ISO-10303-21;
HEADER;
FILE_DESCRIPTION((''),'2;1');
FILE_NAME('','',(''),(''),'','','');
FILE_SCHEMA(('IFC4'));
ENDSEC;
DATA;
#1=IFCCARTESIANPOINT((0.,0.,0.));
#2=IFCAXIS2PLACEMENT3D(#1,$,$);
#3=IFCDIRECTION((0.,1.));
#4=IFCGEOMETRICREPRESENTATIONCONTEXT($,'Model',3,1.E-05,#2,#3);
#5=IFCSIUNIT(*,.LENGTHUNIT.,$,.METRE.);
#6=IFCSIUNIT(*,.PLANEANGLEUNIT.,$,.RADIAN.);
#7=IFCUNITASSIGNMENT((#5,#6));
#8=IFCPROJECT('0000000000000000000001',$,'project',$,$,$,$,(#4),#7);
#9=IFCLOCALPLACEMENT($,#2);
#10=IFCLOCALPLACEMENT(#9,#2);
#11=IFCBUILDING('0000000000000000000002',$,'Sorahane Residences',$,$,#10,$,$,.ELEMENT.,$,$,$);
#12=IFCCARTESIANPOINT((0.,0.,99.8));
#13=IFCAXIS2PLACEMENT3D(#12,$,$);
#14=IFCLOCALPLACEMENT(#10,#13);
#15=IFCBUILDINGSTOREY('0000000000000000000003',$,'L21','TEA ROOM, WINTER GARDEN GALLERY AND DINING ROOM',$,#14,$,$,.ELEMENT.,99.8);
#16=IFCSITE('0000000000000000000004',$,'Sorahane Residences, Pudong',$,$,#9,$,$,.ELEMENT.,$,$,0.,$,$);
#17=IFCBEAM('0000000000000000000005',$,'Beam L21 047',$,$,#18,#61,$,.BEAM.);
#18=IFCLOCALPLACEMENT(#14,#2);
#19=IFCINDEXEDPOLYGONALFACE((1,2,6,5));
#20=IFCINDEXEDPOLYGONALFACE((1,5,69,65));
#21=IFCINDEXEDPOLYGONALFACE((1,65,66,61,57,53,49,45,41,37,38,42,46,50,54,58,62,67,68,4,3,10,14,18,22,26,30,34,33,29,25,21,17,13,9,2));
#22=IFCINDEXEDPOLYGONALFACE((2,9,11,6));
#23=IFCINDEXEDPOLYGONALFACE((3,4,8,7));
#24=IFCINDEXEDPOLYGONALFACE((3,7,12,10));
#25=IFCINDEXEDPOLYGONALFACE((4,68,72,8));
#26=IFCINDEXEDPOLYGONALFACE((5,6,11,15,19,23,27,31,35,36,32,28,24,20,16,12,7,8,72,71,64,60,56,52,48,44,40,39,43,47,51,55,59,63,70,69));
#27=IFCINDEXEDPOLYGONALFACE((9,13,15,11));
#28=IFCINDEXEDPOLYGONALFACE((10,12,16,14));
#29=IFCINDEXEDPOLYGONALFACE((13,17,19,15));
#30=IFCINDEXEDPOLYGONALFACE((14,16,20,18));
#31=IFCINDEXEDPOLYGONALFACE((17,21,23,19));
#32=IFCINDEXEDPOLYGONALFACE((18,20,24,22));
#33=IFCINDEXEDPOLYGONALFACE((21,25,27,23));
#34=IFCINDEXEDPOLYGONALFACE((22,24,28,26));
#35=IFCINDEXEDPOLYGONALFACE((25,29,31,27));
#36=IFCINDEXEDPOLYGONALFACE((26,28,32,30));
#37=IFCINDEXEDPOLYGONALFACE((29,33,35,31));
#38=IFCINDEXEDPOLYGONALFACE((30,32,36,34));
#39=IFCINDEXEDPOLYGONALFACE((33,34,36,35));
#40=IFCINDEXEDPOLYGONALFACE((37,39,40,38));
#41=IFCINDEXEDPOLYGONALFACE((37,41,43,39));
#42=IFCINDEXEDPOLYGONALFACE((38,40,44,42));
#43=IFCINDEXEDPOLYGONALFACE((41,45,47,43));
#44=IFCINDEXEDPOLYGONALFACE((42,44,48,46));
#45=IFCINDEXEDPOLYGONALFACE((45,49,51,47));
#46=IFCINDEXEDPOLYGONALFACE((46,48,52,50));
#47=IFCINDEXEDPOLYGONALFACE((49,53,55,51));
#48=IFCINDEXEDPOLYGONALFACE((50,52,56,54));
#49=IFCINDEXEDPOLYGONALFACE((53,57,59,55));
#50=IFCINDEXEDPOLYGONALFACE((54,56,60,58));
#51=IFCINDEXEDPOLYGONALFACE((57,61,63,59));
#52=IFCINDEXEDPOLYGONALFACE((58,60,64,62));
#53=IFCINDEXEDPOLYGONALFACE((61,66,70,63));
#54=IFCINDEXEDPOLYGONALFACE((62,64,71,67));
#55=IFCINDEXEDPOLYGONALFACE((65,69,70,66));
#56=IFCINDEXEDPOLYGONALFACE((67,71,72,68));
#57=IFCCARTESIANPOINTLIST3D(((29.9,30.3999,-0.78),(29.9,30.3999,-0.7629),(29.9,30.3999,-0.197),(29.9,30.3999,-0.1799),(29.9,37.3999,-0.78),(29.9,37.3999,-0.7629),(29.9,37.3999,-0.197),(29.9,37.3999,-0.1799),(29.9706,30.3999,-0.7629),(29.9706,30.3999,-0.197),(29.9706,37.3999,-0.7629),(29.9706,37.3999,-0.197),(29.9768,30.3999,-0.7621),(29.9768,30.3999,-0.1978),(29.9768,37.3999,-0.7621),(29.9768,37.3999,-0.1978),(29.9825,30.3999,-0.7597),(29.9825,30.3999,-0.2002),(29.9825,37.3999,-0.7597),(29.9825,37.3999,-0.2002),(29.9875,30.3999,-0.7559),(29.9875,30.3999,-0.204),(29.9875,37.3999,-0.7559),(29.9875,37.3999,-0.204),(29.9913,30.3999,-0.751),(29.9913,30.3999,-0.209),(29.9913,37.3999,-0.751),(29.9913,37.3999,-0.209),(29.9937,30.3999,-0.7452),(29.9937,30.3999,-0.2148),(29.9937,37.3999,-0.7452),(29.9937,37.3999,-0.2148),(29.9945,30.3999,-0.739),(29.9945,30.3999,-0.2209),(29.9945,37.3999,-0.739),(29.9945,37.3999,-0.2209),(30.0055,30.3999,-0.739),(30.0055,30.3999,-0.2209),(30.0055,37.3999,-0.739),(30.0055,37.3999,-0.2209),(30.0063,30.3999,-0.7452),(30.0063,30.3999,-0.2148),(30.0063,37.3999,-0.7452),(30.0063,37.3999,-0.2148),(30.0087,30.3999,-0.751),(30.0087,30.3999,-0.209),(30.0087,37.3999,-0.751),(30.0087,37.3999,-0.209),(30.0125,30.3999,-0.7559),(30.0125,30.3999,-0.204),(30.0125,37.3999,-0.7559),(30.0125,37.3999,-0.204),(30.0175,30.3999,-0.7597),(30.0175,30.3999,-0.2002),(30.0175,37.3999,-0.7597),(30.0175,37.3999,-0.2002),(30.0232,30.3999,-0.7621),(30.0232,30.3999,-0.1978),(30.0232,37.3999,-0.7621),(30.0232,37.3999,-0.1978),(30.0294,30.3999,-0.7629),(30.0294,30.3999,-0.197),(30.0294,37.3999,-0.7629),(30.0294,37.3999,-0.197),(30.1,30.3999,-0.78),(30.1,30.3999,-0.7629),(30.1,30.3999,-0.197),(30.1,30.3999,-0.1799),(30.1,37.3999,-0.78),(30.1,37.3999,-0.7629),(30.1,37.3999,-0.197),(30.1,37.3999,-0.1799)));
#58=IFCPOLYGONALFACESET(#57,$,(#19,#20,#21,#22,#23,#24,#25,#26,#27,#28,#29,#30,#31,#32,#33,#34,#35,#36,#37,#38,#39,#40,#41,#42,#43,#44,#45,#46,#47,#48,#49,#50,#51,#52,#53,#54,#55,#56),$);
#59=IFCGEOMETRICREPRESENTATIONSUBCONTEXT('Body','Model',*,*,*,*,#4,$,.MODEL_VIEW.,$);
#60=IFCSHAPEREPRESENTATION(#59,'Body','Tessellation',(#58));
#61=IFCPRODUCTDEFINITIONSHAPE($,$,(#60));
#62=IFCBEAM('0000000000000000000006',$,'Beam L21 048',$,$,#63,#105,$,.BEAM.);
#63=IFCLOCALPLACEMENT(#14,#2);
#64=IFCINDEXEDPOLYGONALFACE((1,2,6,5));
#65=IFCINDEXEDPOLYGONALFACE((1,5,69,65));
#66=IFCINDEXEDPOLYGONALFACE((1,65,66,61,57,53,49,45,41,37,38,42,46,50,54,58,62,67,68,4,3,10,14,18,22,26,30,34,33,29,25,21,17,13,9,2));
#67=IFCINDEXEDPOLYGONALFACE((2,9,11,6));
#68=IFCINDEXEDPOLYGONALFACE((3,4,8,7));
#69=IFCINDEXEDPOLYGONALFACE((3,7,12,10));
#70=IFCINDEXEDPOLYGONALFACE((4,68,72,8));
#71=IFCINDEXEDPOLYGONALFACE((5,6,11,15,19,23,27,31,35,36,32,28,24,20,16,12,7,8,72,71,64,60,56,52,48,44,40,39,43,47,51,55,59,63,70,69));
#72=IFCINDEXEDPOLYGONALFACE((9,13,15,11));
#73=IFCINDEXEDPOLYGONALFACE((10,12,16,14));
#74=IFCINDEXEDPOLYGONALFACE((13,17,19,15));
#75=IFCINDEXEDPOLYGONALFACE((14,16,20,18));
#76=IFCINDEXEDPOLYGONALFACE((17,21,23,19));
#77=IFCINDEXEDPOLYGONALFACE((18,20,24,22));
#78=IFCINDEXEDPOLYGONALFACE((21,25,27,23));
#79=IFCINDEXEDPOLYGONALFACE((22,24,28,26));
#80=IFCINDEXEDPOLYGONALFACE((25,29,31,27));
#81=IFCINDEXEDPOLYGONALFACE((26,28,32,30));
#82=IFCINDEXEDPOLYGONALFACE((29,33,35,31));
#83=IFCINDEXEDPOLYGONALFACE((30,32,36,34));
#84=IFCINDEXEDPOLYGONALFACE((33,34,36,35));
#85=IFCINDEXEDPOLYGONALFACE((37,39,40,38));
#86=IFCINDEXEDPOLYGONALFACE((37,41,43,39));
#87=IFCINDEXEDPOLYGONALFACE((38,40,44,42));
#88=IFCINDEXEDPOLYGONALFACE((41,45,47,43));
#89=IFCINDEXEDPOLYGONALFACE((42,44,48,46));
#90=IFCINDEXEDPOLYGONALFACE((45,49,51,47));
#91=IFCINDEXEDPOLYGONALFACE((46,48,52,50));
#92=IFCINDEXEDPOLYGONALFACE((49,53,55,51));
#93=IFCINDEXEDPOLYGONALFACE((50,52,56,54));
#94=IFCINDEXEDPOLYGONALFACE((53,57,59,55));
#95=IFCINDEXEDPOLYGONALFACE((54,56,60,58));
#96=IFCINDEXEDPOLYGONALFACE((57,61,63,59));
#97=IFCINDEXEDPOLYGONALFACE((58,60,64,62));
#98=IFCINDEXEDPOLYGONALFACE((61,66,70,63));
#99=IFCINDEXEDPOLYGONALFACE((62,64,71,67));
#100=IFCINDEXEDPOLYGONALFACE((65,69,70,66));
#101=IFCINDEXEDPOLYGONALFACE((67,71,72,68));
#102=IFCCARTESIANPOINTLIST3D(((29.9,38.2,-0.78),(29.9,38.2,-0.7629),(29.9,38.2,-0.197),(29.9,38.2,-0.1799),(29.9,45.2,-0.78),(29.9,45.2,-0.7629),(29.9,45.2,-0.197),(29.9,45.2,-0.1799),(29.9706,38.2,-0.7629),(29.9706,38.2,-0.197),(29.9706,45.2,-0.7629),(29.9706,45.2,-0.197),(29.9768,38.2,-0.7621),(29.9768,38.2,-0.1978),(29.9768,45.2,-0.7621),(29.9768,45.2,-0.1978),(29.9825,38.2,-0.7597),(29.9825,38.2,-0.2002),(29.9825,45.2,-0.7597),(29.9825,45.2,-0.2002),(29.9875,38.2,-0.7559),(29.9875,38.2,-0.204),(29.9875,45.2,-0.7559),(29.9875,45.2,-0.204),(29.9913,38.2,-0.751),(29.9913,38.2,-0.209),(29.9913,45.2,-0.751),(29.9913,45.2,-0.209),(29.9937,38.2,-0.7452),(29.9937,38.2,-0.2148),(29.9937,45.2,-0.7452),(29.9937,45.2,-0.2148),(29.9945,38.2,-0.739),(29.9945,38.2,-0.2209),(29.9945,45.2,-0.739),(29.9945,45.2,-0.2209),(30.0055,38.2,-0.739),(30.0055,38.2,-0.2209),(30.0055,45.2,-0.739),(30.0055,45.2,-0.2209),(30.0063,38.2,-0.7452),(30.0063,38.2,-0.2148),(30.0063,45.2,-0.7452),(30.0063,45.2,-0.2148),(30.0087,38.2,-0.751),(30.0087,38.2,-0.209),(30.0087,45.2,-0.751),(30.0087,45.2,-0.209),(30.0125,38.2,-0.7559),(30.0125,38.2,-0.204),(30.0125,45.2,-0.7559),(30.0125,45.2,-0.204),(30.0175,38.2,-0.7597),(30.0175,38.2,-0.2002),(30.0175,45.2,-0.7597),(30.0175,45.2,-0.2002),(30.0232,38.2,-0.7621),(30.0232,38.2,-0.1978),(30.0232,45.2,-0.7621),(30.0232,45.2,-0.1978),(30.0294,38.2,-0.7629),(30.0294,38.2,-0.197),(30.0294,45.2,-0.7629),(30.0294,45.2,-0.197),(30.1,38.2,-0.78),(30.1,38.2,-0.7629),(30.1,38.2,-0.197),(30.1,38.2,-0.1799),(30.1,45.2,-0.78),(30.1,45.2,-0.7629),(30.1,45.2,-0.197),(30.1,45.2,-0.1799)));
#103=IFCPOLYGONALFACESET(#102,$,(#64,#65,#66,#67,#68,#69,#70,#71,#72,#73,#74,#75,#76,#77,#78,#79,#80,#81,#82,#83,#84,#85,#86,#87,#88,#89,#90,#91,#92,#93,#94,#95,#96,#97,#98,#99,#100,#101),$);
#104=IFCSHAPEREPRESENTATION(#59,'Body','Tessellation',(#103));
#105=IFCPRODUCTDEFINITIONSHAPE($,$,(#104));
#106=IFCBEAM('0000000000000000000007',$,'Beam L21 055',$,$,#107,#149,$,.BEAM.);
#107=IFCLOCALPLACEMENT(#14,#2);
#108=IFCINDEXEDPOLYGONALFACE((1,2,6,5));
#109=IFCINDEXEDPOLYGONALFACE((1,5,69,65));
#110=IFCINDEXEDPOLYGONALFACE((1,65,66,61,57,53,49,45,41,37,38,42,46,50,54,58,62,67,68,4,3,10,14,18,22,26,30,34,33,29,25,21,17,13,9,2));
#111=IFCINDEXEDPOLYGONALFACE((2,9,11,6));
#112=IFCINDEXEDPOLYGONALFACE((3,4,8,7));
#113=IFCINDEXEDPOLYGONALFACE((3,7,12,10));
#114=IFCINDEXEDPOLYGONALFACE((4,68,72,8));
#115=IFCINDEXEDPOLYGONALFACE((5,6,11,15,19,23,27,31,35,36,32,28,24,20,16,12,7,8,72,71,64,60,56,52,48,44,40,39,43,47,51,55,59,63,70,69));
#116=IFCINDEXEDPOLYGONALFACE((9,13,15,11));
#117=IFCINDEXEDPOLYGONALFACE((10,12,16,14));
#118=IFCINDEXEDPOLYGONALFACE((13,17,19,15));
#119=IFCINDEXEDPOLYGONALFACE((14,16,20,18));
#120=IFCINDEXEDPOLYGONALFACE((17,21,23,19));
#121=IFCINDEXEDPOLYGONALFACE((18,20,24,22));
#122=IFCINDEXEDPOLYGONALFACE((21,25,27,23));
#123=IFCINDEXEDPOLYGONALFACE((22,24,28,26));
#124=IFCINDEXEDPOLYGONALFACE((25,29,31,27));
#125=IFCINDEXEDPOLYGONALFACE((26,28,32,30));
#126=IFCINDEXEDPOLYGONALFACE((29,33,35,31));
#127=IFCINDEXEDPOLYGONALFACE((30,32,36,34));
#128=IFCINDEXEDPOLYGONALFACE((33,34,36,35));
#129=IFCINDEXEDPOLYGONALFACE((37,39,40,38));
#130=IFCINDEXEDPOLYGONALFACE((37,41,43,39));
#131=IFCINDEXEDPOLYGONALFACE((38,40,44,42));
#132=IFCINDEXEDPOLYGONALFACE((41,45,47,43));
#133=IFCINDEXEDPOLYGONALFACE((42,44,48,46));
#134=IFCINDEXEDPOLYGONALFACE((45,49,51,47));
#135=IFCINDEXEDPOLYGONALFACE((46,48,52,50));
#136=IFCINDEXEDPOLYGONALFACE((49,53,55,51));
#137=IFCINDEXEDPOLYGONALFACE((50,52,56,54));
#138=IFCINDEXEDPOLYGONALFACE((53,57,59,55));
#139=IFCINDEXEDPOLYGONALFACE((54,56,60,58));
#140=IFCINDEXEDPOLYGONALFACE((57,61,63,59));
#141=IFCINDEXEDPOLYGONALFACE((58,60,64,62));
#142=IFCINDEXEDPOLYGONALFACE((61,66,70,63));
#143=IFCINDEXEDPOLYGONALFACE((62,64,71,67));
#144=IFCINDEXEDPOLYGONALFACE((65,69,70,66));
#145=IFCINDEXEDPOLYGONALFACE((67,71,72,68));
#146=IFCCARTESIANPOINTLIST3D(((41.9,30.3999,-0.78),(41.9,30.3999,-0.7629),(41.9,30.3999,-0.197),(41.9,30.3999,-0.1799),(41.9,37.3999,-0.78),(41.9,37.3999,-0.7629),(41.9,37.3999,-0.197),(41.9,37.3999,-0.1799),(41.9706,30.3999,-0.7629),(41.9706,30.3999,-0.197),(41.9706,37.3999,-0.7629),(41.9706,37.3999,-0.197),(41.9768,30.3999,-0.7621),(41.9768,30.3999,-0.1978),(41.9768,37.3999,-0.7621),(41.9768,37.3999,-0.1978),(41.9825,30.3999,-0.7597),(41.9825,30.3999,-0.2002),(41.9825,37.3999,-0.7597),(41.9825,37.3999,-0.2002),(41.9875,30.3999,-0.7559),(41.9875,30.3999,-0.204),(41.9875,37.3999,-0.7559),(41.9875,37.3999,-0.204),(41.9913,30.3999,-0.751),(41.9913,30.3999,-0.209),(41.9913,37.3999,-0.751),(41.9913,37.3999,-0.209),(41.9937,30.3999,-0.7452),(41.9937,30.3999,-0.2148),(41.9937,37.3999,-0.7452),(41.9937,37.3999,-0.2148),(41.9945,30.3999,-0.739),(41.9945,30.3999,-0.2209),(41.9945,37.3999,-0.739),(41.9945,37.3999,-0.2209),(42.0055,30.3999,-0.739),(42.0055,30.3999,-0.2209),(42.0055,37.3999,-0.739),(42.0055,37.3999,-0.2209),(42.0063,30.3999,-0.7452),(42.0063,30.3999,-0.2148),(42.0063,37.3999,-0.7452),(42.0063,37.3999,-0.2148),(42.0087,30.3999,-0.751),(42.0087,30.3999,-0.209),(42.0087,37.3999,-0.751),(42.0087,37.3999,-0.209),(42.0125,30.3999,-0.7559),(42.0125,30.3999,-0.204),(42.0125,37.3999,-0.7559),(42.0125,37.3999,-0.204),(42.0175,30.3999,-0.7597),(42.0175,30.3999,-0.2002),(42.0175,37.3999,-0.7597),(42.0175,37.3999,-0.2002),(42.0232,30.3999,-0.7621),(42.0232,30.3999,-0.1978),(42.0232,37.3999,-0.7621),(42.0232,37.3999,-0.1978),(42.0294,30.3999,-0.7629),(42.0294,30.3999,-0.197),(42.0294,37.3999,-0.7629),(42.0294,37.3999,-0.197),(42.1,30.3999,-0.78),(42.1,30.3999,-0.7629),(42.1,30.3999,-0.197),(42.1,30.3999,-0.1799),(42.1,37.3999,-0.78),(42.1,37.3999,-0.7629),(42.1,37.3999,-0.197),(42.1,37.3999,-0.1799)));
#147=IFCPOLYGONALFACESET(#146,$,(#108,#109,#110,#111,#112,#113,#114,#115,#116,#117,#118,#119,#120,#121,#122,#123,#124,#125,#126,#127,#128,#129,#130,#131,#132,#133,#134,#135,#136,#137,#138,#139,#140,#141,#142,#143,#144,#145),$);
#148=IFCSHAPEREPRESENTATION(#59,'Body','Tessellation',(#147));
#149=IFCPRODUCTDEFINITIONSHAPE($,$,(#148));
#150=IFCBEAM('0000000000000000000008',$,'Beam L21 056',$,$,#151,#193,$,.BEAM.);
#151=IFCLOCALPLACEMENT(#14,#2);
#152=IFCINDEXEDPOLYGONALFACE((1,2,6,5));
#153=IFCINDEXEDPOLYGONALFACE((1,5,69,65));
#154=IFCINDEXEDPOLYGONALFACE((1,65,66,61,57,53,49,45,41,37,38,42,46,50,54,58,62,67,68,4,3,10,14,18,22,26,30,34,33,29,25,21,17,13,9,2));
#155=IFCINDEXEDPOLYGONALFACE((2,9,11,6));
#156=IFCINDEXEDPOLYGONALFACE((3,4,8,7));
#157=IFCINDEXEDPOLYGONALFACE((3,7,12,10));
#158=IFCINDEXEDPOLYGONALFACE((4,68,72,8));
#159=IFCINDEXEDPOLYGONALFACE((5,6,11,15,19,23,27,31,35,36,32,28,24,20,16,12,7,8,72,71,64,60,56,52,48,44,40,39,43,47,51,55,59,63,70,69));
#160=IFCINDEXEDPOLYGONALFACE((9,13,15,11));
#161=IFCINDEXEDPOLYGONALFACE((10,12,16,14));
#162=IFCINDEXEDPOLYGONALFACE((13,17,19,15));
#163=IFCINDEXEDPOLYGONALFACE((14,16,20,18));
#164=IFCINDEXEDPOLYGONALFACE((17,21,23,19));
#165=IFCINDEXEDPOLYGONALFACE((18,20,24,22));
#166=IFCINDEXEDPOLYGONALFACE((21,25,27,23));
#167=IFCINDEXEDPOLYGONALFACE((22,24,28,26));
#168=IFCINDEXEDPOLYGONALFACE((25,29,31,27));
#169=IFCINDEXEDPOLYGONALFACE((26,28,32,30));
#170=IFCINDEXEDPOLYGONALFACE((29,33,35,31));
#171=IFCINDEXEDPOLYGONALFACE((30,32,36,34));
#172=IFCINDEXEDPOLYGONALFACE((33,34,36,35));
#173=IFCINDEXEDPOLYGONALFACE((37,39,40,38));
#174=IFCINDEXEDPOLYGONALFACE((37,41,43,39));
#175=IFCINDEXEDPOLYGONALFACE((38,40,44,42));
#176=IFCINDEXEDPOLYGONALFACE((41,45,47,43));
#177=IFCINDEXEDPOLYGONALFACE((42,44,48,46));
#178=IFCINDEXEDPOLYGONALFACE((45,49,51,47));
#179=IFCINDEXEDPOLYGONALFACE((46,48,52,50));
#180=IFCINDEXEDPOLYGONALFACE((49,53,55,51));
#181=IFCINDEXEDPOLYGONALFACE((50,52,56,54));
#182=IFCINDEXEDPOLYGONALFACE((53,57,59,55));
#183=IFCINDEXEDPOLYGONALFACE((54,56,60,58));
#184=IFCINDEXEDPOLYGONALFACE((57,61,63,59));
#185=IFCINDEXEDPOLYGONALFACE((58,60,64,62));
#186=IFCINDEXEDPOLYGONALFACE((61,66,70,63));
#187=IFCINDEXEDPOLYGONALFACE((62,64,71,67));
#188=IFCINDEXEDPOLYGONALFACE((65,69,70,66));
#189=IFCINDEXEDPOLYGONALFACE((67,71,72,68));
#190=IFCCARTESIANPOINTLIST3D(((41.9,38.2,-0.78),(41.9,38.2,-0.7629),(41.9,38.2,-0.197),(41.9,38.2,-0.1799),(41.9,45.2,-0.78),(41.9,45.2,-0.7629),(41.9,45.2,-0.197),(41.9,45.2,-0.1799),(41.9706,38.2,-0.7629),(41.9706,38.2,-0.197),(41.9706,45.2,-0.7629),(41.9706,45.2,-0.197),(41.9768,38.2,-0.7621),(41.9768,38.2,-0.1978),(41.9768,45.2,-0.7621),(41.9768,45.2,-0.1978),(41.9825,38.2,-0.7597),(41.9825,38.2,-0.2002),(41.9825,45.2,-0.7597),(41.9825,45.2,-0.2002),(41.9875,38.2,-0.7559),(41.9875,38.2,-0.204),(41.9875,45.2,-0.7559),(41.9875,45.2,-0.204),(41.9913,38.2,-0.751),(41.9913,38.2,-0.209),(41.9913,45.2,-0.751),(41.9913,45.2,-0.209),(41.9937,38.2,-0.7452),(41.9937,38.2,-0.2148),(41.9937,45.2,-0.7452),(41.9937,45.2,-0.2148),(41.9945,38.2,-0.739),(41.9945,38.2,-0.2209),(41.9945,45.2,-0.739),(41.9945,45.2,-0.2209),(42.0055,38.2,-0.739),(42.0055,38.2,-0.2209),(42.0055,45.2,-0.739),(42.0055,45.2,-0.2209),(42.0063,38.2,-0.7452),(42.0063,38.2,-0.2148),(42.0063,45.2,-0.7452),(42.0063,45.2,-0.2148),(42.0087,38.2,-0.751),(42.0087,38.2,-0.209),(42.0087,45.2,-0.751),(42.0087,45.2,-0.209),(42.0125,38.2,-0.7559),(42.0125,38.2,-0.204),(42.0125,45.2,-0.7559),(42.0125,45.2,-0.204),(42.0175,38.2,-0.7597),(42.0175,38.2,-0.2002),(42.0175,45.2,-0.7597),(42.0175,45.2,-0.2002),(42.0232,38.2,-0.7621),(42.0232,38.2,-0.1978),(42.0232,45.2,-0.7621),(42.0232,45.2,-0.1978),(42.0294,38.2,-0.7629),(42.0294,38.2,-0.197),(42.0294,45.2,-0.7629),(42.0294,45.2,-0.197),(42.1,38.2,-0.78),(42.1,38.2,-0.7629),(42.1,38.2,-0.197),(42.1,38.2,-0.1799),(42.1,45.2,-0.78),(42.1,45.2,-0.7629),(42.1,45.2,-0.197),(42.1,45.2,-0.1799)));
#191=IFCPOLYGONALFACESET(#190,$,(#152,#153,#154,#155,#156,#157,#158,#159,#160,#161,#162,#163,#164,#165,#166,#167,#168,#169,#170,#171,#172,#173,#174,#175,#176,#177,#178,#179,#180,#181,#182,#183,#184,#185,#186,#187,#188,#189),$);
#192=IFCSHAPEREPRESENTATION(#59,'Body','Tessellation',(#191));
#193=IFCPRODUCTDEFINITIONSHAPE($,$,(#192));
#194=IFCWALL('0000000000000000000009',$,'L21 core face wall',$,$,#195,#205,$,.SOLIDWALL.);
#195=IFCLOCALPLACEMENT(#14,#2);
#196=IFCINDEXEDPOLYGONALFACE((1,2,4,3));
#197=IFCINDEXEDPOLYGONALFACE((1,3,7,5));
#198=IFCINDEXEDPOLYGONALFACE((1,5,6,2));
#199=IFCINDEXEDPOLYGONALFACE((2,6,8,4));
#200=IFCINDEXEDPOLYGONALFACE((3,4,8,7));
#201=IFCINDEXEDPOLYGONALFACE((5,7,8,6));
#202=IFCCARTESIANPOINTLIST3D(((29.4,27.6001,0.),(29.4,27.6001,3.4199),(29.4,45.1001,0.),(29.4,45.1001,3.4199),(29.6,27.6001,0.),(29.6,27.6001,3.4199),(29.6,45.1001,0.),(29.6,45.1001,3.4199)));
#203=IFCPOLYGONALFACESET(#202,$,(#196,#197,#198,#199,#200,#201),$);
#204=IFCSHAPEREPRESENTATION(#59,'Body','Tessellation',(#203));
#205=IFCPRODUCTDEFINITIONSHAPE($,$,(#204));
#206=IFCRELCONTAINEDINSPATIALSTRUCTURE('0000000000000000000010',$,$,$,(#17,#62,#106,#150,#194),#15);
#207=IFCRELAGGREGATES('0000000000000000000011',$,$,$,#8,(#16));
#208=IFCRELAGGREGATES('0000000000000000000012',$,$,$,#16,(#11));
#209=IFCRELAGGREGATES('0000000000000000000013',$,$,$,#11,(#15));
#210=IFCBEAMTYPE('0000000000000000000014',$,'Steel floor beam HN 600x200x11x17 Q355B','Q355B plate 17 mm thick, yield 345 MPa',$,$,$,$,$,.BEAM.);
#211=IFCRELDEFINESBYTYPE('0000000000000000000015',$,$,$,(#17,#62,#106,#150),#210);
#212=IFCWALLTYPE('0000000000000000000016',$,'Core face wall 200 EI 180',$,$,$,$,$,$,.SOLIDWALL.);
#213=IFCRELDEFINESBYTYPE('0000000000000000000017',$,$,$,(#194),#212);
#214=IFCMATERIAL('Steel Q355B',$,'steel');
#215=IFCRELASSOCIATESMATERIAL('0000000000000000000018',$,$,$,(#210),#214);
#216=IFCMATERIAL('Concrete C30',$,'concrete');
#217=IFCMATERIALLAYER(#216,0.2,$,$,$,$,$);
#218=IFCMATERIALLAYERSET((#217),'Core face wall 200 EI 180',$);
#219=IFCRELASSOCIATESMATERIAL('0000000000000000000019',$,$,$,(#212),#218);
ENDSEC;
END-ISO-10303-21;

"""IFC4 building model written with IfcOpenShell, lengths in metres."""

from ifc_helpers import new_model, si_unit, direction, frame, frame_2d, origin, origin_2d, place, context, subcontext, project, spatial, rectangle, i_section, extrude, material, layer, layer_set, material_profile, profile_set, type_object, element, save


model = new_model("IFC4")

# Units and contexts
model_context = context("Model", 3, precision=1e-05, world=origin(), true_north=direction((0.0, 1.0)))
body_context = subcontext(model_context, "Body", "Model", "MODEL_VIEW")
ifc_project = project(units=[si_unit("LENGTHUNIT", "METRE"), si_unit("PLANEANGLEUNIT", "RADIAN")], contexts=[model_context])

# Site, building, storey
site_placement = place(None, origin())
site = spatial("IfcSite", under=ifc_project, at=site_placement, Name="Sorahane Residences, Pudong", CompositionType="ELEMENT", RefElevation=0.0)
building_placement = place(site_placement, origin())
building = spatial("IfcBuilding", under=site, at=building_placement, Name="Sorahane Residences", CompositionType="ELEMENT")
storey_placement = place(building_placement, frame((0.0, 0.0, 99.8)))
storey = spatial("IfcBuildingStorey", under=building, at=storey_placement, Name="L21", Description="TEA ROOM, WINTER GARDEN GALLERY AND DINING ROOM", CompositionType="ELEMENT", Elevation=99.8)

# Beams
ifc_material_1 = material(Name="Steel Q355B", Category="steel")
ifc_material_profile_1 = material_profile(ifc_material_1, i_section(OverallWidth=0.2, OverallDepth=0.6001, WebThickness=0.011, FlangeThickness=0.0171, FilletRadius=0.0239, at=origin_2d()), Name="HN 600x200x11x17")
ifc_profile_set_1 = profile_set([ifc_material_profile_1], Name="Steel Q355B")
beam_type_1 = type_object("IfcBeamType", Name="Steel floor beam HN 600x200x11x17 Q355B", Description="Q355B plate 17 mm thick, yield 345 MPa", PredefinedType="BEAM", material=ifc_profile_set_1)
for number, where, z_axis, x_axis, name in (
    (1, (30.0, 30.3999, -0.48), (0.0, 1.0, 0.0), (-1.0, 0.0, 0.0), "Beam L21 047"),
    (2, (30.0, 38.2, -0.48), (0.0, 1.0, 0.0), (-1.0, 0.0, 0.0), "Beam L21 048"),
    (3, (42.0, 30.3999, -0.48), (0.0, 1.0, 0.0), (-1.0, 0.0, 0.0), "Beam L21 055"),
    (4, (42.0, 38.2, -0.48), (0.0, 1.0, 0.0), (-1.0, 0.0, 0.0), "Beam L21 056"),
):
    element("IfcBeam", number, at=place(storey_placement, frame(where, z_axis=z_axis, x_axis=x_axis)), inside=storey, type_object=beam_type_1, Name=name, PredefinedType="BEAM", context=body_context, shape_type="SweptSolid", body=[
        extrude(i_section(OverallWidth=0.2, OverallDepth=0.6001, WebThickness=0.011, FlangeThickness=0.0171, FilletRadius=0.0239, at=origin_2d()), origin(), (0.0, 0.0, 1.0), 7.0),
    ])

# Wall
ifc_material_2 = material(Name="Concrete C30", Category="concrete")
ifc_layer_1 = layer(ifc_material_2, 0.2)
ifc_layer_set_1 = layer_set([ifc_layer_1], Name="Core face wall 200 EI 180")
wall_type_1 = type_object("IfcWallType", Name="Core face wall 200 EI 180", PredefinedType="SOLIDWALL", material=ifc_layer_set_1)
for number, where, z_axis, x_axis, name in (
    (5, (29.5, 27.6001, 0.0), (0.0, 0.0, 1.0), (0.0, 1.0, 0.0), "L21 core face wall"),
):
    element("IfcWall", number, at=place(storey_placement, frame(where, z_axis=z_axis, x_axis=x_axis)), inside=storey, type_object=wall_type_1, Name=name, PredefinedType="SOLIDWALL", context=body_context, shape_type="SweptSolid", body=[
        extrude(rectangle(XDim=17.5, YDim=0.2, at=frame_2d((8.75, 0.0))), origin(), (0.0, 0.0, 1.0), 3.4199),
    ])

save(model, "model.ifc")
